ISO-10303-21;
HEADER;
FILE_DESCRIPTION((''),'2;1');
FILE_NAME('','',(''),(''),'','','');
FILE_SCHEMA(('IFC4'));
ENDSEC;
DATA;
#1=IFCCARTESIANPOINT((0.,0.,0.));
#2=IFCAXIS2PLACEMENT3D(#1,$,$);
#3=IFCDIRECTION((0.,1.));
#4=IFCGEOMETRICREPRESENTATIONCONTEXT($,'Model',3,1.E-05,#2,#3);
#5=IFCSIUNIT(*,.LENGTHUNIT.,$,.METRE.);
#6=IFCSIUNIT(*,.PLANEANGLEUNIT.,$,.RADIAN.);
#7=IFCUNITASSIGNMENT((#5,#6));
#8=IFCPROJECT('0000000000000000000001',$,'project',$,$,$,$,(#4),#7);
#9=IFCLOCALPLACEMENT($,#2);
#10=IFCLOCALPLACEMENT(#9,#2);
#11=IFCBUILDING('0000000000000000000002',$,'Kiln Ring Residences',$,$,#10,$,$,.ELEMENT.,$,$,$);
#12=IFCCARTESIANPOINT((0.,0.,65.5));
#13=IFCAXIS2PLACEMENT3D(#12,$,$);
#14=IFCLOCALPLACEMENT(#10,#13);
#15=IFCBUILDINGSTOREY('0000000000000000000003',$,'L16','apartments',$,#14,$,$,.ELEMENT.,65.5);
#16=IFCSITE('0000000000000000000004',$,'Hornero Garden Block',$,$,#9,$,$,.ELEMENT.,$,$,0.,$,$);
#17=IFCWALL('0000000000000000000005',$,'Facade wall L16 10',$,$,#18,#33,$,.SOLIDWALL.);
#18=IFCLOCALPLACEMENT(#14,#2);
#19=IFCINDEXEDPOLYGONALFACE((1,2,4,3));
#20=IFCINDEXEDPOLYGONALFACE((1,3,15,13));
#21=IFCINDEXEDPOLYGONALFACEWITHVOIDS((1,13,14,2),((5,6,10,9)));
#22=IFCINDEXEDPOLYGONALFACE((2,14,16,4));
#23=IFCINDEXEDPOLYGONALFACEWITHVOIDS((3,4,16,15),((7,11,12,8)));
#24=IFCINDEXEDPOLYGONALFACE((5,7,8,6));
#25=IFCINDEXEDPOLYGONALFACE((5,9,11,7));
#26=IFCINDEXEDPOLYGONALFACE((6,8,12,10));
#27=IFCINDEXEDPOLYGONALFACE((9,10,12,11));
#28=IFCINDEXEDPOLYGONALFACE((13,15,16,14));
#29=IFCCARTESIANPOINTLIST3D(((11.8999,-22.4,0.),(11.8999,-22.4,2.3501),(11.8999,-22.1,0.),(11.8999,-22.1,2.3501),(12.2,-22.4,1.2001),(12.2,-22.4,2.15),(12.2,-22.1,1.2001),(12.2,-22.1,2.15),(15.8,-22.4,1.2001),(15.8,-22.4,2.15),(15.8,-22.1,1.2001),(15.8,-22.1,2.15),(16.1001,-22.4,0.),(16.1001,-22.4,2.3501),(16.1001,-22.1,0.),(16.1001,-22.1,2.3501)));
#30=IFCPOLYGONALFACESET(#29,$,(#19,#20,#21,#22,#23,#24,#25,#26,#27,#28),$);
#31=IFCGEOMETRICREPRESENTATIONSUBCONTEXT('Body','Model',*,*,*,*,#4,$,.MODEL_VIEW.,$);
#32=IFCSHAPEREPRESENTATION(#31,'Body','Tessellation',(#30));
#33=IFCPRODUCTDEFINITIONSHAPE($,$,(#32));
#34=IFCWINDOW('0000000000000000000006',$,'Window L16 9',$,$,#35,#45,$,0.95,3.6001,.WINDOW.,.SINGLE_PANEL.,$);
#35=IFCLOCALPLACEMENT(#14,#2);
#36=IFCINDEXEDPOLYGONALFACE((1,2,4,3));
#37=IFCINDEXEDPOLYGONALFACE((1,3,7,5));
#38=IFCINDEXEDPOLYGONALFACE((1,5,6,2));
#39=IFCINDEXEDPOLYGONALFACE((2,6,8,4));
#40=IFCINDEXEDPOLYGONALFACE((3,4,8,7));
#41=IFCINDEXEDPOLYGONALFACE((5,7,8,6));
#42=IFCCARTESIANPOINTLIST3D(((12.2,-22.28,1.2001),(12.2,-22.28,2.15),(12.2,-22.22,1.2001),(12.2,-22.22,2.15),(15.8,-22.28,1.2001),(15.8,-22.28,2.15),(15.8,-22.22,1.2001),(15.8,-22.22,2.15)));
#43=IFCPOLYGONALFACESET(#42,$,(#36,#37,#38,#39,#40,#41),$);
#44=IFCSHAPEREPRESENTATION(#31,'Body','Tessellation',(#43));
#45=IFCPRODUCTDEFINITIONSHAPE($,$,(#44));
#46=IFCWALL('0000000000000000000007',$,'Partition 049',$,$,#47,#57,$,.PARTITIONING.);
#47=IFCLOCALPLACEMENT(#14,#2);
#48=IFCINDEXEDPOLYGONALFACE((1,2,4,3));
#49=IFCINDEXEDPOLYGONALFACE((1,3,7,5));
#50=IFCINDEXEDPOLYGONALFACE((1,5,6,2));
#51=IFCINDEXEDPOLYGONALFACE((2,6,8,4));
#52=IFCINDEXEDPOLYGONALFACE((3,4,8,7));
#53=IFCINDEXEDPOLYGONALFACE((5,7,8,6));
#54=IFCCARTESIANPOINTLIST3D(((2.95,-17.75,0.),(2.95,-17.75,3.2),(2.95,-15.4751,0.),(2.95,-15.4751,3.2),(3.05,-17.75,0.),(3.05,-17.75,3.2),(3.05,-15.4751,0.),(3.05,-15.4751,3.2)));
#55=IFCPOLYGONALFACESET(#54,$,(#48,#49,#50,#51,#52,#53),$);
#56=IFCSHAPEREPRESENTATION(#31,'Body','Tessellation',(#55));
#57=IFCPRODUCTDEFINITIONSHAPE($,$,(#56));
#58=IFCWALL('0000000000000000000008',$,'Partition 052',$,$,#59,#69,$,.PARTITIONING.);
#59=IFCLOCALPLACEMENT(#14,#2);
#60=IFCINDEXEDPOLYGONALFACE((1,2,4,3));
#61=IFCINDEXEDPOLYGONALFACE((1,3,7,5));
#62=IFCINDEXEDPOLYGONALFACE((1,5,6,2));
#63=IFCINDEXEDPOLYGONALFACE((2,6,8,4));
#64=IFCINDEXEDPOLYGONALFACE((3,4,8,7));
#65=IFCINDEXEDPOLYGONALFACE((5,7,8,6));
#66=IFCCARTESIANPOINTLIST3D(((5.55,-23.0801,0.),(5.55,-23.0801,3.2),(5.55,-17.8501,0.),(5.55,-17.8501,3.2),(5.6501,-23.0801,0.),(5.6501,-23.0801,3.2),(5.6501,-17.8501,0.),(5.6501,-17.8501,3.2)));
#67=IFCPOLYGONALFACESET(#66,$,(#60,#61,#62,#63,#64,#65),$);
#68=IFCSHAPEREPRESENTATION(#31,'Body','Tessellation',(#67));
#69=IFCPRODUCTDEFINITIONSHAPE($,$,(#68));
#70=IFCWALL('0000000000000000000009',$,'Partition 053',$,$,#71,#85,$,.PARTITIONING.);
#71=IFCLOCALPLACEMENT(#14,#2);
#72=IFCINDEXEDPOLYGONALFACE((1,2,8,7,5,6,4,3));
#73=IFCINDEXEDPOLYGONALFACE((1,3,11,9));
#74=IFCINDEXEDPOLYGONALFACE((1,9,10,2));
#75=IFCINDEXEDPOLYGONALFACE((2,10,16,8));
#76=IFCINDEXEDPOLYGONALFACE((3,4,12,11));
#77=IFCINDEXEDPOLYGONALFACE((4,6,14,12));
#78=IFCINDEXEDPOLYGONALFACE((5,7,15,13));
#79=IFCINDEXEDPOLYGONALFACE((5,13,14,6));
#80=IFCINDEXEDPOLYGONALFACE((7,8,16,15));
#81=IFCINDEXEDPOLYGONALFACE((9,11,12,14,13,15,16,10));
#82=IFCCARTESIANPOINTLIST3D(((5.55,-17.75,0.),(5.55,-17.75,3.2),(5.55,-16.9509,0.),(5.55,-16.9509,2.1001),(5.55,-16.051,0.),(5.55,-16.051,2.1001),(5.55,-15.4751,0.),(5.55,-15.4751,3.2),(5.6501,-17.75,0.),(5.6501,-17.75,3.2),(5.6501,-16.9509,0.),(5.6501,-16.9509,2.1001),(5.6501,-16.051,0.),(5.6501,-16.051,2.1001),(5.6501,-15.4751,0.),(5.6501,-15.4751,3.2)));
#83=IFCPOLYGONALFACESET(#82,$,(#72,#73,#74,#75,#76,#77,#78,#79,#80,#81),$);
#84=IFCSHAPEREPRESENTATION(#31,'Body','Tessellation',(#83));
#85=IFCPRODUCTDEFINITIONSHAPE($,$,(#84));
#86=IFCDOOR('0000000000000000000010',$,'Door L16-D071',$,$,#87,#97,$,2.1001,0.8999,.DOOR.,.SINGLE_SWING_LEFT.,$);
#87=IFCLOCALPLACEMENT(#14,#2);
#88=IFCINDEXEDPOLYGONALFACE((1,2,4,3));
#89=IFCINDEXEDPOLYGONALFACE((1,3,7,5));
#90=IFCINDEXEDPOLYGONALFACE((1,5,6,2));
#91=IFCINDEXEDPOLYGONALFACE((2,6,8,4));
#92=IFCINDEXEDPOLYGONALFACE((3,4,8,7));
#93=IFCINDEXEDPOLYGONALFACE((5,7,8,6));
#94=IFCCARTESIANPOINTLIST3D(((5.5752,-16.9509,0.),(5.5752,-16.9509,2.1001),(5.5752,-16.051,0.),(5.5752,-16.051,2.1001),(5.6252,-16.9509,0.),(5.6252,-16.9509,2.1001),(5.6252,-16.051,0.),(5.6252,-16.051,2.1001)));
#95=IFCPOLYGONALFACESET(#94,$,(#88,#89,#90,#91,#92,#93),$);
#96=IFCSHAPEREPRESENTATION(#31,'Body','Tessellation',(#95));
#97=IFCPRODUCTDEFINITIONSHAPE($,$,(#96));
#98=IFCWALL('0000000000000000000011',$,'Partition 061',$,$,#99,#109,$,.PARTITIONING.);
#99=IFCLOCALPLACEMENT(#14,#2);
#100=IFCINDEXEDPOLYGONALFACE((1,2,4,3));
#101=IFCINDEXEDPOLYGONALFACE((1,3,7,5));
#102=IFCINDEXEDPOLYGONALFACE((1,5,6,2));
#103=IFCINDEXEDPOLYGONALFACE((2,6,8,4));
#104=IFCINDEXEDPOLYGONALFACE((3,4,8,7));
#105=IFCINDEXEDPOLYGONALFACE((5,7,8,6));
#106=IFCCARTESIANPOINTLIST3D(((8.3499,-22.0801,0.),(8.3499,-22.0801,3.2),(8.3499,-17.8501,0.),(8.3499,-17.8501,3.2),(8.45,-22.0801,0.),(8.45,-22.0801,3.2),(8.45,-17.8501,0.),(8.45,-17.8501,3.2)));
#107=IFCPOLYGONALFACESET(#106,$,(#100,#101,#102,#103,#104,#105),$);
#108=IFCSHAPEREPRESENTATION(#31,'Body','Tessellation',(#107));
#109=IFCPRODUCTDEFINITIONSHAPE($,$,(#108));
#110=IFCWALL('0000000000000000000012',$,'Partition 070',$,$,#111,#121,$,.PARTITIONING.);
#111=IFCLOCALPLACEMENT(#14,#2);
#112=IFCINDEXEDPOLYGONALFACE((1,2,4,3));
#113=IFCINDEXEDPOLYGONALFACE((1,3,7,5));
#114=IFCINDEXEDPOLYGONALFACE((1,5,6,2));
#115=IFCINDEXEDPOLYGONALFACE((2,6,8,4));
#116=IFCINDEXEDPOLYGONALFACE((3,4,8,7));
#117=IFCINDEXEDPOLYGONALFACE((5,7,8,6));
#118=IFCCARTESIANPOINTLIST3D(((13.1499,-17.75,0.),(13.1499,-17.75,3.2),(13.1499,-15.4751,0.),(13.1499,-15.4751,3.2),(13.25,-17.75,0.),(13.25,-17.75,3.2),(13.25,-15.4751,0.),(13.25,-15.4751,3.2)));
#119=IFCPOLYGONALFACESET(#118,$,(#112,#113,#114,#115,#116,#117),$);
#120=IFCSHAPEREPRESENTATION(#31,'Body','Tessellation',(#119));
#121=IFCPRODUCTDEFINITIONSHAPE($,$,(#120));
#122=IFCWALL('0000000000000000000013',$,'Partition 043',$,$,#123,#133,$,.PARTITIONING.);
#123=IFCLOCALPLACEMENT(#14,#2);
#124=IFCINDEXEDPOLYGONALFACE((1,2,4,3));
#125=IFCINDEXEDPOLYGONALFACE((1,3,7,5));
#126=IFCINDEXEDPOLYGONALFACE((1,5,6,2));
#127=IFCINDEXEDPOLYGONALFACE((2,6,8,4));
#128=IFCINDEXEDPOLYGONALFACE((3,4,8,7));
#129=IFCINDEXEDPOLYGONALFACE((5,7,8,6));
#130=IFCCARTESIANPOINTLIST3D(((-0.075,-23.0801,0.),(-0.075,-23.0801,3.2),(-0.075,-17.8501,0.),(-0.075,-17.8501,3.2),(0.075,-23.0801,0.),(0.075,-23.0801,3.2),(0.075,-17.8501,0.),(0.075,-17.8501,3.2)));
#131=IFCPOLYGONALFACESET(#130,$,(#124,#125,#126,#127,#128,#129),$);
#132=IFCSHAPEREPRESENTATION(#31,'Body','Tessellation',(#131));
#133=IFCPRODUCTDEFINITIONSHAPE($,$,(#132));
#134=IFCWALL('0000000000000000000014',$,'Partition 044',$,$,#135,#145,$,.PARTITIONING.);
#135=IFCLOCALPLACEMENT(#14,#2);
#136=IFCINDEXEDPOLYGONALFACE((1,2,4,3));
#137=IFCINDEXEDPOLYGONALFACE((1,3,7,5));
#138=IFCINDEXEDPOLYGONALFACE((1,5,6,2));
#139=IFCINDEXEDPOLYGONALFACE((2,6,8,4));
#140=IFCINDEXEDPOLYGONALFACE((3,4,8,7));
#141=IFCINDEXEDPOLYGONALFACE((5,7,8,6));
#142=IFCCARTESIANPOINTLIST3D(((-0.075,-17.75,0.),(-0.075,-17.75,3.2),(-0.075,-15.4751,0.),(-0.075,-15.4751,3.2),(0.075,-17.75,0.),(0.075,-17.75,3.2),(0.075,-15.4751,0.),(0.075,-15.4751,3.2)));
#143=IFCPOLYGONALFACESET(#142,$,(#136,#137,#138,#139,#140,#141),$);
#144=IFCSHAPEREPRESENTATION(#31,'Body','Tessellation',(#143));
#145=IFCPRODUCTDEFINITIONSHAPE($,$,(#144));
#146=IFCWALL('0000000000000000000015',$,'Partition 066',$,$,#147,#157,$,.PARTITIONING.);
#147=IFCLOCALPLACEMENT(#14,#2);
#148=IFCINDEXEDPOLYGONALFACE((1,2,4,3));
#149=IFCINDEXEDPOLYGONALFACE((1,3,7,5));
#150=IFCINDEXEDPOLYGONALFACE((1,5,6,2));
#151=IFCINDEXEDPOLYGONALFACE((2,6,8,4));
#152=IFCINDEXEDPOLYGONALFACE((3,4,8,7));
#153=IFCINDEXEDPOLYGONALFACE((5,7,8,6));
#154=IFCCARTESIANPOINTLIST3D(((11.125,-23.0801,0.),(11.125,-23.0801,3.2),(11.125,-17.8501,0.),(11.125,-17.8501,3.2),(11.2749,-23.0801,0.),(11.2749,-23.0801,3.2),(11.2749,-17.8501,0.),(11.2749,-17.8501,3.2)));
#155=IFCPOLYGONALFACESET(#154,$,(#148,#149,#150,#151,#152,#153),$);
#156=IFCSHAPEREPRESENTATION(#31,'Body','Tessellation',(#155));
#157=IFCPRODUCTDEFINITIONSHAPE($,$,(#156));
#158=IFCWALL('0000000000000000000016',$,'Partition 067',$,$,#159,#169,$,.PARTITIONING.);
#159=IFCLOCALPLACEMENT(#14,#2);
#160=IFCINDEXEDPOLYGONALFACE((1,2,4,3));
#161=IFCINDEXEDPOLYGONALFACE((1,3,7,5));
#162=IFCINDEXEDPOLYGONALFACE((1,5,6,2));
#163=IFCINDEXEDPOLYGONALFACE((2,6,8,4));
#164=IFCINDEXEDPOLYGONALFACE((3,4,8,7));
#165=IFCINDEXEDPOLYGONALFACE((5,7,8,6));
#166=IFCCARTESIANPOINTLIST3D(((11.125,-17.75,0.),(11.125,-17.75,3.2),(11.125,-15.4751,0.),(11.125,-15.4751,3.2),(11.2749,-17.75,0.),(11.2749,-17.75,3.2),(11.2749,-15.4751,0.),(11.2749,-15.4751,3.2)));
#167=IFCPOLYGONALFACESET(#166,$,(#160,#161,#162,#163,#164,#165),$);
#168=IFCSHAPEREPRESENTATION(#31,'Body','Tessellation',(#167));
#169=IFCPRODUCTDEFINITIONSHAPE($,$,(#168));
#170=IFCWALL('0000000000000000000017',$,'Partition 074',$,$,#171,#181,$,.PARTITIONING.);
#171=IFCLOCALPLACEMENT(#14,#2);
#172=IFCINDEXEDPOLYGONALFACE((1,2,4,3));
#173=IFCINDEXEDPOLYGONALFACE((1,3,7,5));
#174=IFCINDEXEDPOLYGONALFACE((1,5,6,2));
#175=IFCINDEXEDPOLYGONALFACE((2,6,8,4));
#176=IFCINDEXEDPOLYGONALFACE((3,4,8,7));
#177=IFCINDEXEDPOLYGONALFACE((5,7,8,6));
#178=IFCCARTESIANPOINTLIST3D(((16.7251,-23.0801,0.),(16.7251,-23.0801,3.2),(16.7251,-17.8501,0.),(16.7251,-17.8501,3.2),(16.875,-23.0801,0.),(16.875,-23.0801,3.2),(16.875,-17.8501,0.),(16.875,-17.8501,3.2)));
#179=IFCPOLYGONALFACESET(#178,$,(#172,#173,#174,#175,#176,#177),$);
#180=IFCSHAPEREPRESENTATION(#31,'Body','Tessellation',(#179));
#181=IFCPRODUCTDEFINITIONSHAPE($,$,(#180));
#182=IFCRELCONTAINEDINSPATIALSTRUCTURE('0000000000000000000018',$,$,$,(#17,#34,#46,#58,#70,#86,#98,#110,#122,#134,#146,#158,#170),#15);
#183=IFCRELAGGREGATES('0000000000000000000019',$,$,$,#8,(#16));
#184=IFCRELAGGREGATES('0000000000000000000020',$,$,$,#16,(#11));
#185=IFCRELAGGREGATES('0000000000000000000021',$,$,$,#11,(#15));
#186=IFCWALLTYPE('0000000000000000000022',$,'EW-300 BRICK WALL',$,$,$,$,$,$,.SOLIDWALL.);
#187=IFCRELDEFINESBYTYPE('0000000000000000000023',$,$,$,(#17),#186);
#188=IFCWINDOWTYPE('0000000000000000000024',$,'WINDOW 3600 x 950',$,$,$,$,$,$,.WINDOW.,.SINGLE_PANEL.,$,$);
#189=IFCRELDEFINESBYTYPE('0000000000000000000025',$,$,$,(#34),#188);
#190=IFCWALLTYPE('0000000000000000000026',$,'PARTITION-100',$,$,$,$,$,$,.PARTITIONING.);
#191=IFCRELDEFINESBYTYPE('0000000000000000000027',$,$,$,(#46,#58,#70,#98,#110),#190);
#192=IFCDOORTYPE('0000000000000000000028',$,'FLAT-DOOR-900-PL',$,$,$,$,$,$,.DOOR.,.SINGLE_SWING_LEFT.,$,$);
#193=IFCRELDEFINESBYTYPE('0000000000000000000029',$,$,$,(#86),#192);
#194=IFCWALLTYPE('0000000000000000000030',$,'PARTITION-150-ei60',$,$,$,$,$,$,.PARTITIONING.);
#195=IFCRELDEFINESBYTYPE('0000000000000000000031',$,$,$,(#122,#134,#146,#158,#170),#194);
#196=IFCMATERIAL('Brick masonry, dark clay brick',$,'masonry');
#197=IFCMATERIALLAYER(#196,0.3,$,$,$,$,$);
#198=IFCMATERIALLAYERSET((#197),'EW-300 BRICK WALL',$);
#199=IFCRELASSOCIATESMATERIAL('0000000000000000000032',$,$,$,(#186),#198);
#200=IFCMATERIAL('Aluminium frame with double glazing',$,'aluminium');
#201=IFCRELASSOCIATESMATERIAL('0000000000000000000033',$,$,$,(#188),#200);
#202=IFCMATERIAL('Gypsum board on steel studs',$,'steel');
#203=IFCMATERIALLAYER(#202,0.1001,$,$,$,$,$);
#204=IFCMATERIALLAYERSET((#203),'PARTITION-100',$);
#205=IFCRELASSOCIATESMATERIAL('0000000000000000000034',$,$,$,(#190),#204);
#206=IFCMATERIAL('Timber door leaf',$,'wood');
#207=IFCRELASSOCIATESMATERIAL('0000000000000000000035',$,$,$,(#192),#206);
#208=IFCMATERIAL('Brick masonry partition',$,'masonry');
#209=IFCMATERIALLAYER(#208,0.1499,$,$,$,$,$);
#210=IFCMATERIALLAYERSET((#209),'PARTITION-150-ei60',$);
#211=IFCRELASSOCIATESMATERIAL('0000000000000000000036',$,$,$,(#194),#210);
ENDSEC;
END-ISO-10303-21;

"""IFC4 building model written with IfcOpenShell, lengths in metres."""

from ifc_helpers import new_model, si_unit, direction, frame, frame_2d, origin, place, context, subcontext, project, spatial, rectangle, extrude, material, layer, layer_set, type_object, element, fill, save


model = new_model("IFC4")

# Units and contexts
model_context = context("Model", 3, precision=1e-05, world=origin(), true_north=direction((0.0, 1.0)))
body_context = subcontext(model_context, "Body", "Model", "MODEL_VIEW")
ifc_project = project(units=[si_unit("LENGTHUNIT", "METRE"), si_unit("PLANEANGLEUNIT", "RADIAN")], contexts=[model_context])

# Site, building, storey
site_placement = place(None, origin())
site = spatial("IfcSite", under=ifc_project, at=site_placement, Name="Hornero Garden Block", CompositionType="ELEMENT", RefElevation=0.0)
building_placement = place(site_placement, origin())
building = spatial("IfcBuilding", under=site, at=building_placement, Name="Kiln Ring Residences", CompositionType="ELEMENT")
storey_placement = place(building_placement, frame((0.0, 0.0, 65.5)))
storey = spatial("IfcBuildingStorey", under=building, at=storey_placement, Name="L16", Description="apartments", CompositionType="ELEMENT", Elevation=65.5)

# Shared definitions
ifc_material_1 = material(Name="Brick masonry, dark clay brick", Category="masonry")
ifc_layer_1 = layer(ifc_material_1, 0.3)
ifc_layer_set_1 = layer_set([ifc_layer_1], Name="EW-300 BRICK WALL")
wall_type_1 = type_object("IfcWallType", Name="EW-300 BRICK WALL", PredefinedType="SOLIDWALL", material=ifc_layer_set_1)
ifc_material_2 = material(Name="Aluminium frame with double glazing", Category="aluminium")
window_type_1 = type_object("IfcWindowType", Name="WINDOW 3600 x 950", PartitioningType="SINGLE_PANEL", PredefinedType="WINDOW", material=ifc_material_2)

# Wall, opening, window
wall_1_placement = place(storey_placement, frame((11.8999, -22.25, 0.0), z_axis=(0.0, 0.0, 1.0), x_axis=(1.0, 0.0, 0.0)))
wall_1 = element("IfcWall", 1, at=wall_1_placement, inside=storey, type_object=wall_type_1, Name="Facade wall L16 10", PredefinedType="SOLIDWALL", context=body_context, shape_type="SweptSolid", body=[
    extrude(rectangle(XDim=4.2002, YDim=0.3, at=frame_2d((2.1001, 0.0))), origin(), (0.0, 0.0, 1.0), 2.3501),
])
opening_1_placement = place(wall_1_placement, frame((0.3, 0.0, 1.2)))
opening_1 = element("IfcOpeningElement", 2, at=opening_1_placement, cuts=wall_1, PredefinedType="OPENING", context=body_context, shape_type="SweptSolid", body=[
    extrude(rectangle(XDim=3.6001, YDim=0.95, at=frame_2d((1.8, 0.4751))), frame((0.0, 0.1599, 0.0), z_axis=(0.0, -1.0, 0.0), x_axis=(1.0, 0.0, 0.0)), (0.0, 0.0, 1.0), 0.3201),
])
window_1_placement = place(opening_1_placement, origin())
window_1 = element("IfcWindow", 3, at=window_1_placement, inside=storey, type_object=window_type_1, Name="Window L16 9", OverallHeight=0.95, OverallWidth=3.6001, PartitioningType="SINGLE_PANEL", PredefinedType="WINDOW", context=body_context, shape_type="SweptSolid", body=[
    extrude(rectangle(XDim=3.6001, YDim=0.95, at=frame_2d((1.8, 0.4751))), frame((0.0, 0.03, 0.0), z_axis=(0.0, -1.0, 0.0), x_axis=(1.0, 0.0, 0.0)), (0.0, 0.0, 1.0), 0.0601),
])
fill(opening_1, window_1)

# Walls
ifc_material_3 = material(Name="Gypsum board on steel studs", Category="steel")
ifc_layer_2 = layer(ifc_material_3, 0.1001)
ifc_layer_set_2 = layer_set([ifc_layer_2], Name="PARTITION-100")
wall_type_2 = type_object("IfcWallType", Name="PARTITION-100", PredefinedType="PARTITIONING", material=ifc_layer_set_2)
wall_2_placement = place(storey_placement, frame((3.0, -17.75, 0.0), z_axis=(0.0, 0.0, 1.0), x_axis=(0.0, 1.0, 0.0)))
element("IfcWall", 4, at=wall_2_placement, inside=storey, type_object=wall_type_2, Name="Partition 049", PredefinedType="PARTITIONING", context=body_context, shape_type="SweptSolid", body=[
    extrude(rectangle(XDim=2.2749, YDim=0.1001, at=frame_2d((1.1375, 0.0))), origin(), (0.0, 0.0, 1.0), 3.2),
])
wall_3_placement = place(storey_placement, frame((5.6001, -23.0801, 0.0), z_axis=(0.0, 0.0, 1.0), x_axis=(0.0, 1.0, 0.0)))
element("IfcWall", 5, at=wall_3_placement, inside=storey, type_object=wall_type_2, Name="Partition 052", PredefinedType="PARTITIONING", context=body_context, shape_type="SweptSolid", body=[
    extrude(rectangle(XDim=5.23, YDim=0.1001, at=frame_2d((2.615, 0.0))), origin(), (0.0, 0.0, 1.0), 3.2),
])

# Wall, opening, door
wall_4_placement = place(storey_placement, frame((5.6001, -17.75, 0.0), z_axis=(0.0, 0.0, 1.0), x_axis=(0.0, 1.0, 0.0)))
wall_4 = element("IfcWall", 6, at=wall_4_placement, inside=storey, type_object=wall_type_2, Name="Partition 053", PredefinedType="PARTITIONING", context=body_context, shape_type="SweptSolid", body=[
    extrude(rectangle(XDim=2.2749, YDim=0.1001, at=frame_2d((1.1375, 0.0))), origin(), (0.0, 0.0, 1.0), 3.2),
])
opening_2_placement = place(wall_4_placement, frame((0.7991, 0.0, 0.0)))
opening_2 = element("IfcOpeningElement", 7, at=opening_2_placement, cuts=wall_4, PredefinedType="OPENING", context=body_context, shape_type="SweptSolid", body=[
    extrude(rectangle(XDim=0.8999, YDim=2.1001, at=frame_2d((0.45, 1.05))), frame((0.0, 0.0601, 0.0), z_axis=(0.0, -1.0, 0.0), x_axis=(1.0, 0.0, 0.0)), (0.0, 0.0, 1.0), 0.1201),
])
ifc_material_4 = material(Name="Timber door leaf", Category="wood")
door_type = type_object("IfcDoorType", Name="FLAT-DOOR-900-PL", OperationType="SINGLE_SWING_LEFT", PredefinedType="DOOR", material=ifc_material_4)
door_placement = place(opening_2_placement, origin())
door = element("IfcDoor", 8, at=door_placement, inside=storey, type_object=door_type, Name="Door L16-D071", OperationType="SINGLE_SWING_LEFT", OverallHeight=2.1001, OverallWidth=0.8999, PredefinedType="DOOR", context=body_context, shape_type="SweptSolid", body=[
    extrude(rectangle(XDim=0.8999, YDim=2.1001, at=frame_2d((0.45, 1.05))), frame((0.0, 0.0249, 0.0), z_axis=(0.0, -1.0, 0.0), x_axis=(1.0, 0.0, 0.0)), (0.0, 0.0, 1.0), 0.05),
])
fill(opening_2, door)

# Walls
wall_5_placement = place(storey_placement, frame((8.3999, -22.0801, 0.0), z_axis=(0.0, 0.0, 1.0), x_axis=(0.0, 1.0, 0.0)))
element("IfcWall", 9, at=wall_5_placement, inside=storey, type_object=wall_type_2, Name="Partition 061", PredefinedType="PARTITIONING", context=body_context, shape_type="SweptSolid", body=[
    extrude(rectangle(XDim=4.23, YDim=0.1001, at=frame_2d((2.115, 0.0))), origin(), (0.0, 0.0, 1.0), 3.2),
])
wall_6_placement = place(storey_placement, frame((13.2, -17.75, 0.0), z_axis=(0.0, 0.0, 1.0), x_axis=(0.0, 1.0, 0.0)))
element("IfcWall", 10, at=wall_6_placement, inside=storey, type_object=wall_type_2, Name="Partition 070", PredefinedType="PARTITIONING", context=body_context, shape_type="SweptSolid", body=[
    extrude(rectangle(XDim=2.2749, YDim=0.1001, at=frame_2d((1.1375, 0.0))), origin(), (0.0, 0.0, 1.0), 3.2),
])
ifc_material_5 = material(Name="Brick masonry partition", Category="masonry")
ifc_layer_3 = layer(ifc_material_5, 0.1499)
ifc_layer_set_3 = layer_set([ifc_layer_3], Name="PARTITION-150-ei60")
wall_type_3 = type_object("IfcWallType", Name="PARTITION-150-ei60", PredefinedType="PARTITIONING", material=ifc_layer_set_3)
wall_7_placement = place(storey_placement, frame((0.0, -23.0801, 0.0), z_axis=(0.0, 0.0, 1.0), x_axis=(0.0, 1.0, 0.0)))
element("IfcWall", 11, at=wall_7_placement, inside=storey, type_object=wall_type_3, Name="Partition 043", PredefinedType="PARTITIONING", context=body_context, shape_type="SweptSolid", body=[
    extrude(rectangle(XDim=5.23, YDim=0.1499, at=frame_2d((2.615, 0.0))), origin(), (0.0, 0.0, 1.0), 3.2),
])
wall_8_placement = place(storey_placement, frame((0.0, -17.75, 0.0), z_axis=(0.0, 0.0, 1.0), x_axis=(0.0, 1.0, 0.0)))
element("IfcWall", 12, at=wall_8_placement, inside=storey, type_object=wall_type_3, Name="Partition 044", PredefinedType="PARTITIONING", context=body_context, shape_type="SweptSolid", body=[
    extrude(rectangle(XDim=2.2749, YDim=0.1499, at=frame_2d((1.1375, 0.0))), origin(), (0.0, 0.0, 1.0), 3.2),
])
wall_9_placement = place(storey_placement, frame((11.2, -23.0801, 0.0), z_axis=(0.0, 0.0, 1.0), x_axis=(0.0, 1.0, 0.0)))
element("IfcWall", 13, at=wall_9_placement, inside=storey, type_object=wall_type_3, Name="Partition 066", PredefinedType="PARTITIONING", context=body_context, shape_type="SweptSolid", body=[
    extrude(rectangle(XDim=5.23, YDim=0.1499, at=frame_2d((2.615, 0.0))), origin(), (0.0, 0.0, 1.0), 3.2),
])
wall_10_placement = place(storey_placement, frame((11.2, -17.75, 0.0), z_axis=(0.0, 0.0, 1.0), x_axis=(0.0, 1.0, 0.0)))
element("IfcWall", 14, at=wall_10_placement, inside=storey, type_object=wall_type_3, Name="Partition 067", PredefinedType="PARTITIONING", context=body_context, shape_type="SweptSolid", body=[
    extrude(rectangle(XDim=2.2749, YDim=0.1499, at=frame_2d((1.1375, 0.0))), origin(), (0.0, 0.0, 1.0), 3.2),
])
wall_11_placement = place(storey_placement, frame((16.8, -23.0801, 0.0), z_axis=(0.0, 0.0, 1.0), x_axis=(0.0, 1.0, 0.0)))
element("IfcWall", 15, at=wall_11_placement, inside=storey, type_object=wall_type_3, Name="Partition 074", PredefinedType="PARTITIONING", context=body_context, shape_type="SweptSolid", body=[
    extrude(rectangle(XDim=5.23, YDim=0.1499, at=frame_2d((2.615, 0.0))), origin(), (0.0, 0.0, 1.0), 3.2),
])

save(model, "model.ifc")
